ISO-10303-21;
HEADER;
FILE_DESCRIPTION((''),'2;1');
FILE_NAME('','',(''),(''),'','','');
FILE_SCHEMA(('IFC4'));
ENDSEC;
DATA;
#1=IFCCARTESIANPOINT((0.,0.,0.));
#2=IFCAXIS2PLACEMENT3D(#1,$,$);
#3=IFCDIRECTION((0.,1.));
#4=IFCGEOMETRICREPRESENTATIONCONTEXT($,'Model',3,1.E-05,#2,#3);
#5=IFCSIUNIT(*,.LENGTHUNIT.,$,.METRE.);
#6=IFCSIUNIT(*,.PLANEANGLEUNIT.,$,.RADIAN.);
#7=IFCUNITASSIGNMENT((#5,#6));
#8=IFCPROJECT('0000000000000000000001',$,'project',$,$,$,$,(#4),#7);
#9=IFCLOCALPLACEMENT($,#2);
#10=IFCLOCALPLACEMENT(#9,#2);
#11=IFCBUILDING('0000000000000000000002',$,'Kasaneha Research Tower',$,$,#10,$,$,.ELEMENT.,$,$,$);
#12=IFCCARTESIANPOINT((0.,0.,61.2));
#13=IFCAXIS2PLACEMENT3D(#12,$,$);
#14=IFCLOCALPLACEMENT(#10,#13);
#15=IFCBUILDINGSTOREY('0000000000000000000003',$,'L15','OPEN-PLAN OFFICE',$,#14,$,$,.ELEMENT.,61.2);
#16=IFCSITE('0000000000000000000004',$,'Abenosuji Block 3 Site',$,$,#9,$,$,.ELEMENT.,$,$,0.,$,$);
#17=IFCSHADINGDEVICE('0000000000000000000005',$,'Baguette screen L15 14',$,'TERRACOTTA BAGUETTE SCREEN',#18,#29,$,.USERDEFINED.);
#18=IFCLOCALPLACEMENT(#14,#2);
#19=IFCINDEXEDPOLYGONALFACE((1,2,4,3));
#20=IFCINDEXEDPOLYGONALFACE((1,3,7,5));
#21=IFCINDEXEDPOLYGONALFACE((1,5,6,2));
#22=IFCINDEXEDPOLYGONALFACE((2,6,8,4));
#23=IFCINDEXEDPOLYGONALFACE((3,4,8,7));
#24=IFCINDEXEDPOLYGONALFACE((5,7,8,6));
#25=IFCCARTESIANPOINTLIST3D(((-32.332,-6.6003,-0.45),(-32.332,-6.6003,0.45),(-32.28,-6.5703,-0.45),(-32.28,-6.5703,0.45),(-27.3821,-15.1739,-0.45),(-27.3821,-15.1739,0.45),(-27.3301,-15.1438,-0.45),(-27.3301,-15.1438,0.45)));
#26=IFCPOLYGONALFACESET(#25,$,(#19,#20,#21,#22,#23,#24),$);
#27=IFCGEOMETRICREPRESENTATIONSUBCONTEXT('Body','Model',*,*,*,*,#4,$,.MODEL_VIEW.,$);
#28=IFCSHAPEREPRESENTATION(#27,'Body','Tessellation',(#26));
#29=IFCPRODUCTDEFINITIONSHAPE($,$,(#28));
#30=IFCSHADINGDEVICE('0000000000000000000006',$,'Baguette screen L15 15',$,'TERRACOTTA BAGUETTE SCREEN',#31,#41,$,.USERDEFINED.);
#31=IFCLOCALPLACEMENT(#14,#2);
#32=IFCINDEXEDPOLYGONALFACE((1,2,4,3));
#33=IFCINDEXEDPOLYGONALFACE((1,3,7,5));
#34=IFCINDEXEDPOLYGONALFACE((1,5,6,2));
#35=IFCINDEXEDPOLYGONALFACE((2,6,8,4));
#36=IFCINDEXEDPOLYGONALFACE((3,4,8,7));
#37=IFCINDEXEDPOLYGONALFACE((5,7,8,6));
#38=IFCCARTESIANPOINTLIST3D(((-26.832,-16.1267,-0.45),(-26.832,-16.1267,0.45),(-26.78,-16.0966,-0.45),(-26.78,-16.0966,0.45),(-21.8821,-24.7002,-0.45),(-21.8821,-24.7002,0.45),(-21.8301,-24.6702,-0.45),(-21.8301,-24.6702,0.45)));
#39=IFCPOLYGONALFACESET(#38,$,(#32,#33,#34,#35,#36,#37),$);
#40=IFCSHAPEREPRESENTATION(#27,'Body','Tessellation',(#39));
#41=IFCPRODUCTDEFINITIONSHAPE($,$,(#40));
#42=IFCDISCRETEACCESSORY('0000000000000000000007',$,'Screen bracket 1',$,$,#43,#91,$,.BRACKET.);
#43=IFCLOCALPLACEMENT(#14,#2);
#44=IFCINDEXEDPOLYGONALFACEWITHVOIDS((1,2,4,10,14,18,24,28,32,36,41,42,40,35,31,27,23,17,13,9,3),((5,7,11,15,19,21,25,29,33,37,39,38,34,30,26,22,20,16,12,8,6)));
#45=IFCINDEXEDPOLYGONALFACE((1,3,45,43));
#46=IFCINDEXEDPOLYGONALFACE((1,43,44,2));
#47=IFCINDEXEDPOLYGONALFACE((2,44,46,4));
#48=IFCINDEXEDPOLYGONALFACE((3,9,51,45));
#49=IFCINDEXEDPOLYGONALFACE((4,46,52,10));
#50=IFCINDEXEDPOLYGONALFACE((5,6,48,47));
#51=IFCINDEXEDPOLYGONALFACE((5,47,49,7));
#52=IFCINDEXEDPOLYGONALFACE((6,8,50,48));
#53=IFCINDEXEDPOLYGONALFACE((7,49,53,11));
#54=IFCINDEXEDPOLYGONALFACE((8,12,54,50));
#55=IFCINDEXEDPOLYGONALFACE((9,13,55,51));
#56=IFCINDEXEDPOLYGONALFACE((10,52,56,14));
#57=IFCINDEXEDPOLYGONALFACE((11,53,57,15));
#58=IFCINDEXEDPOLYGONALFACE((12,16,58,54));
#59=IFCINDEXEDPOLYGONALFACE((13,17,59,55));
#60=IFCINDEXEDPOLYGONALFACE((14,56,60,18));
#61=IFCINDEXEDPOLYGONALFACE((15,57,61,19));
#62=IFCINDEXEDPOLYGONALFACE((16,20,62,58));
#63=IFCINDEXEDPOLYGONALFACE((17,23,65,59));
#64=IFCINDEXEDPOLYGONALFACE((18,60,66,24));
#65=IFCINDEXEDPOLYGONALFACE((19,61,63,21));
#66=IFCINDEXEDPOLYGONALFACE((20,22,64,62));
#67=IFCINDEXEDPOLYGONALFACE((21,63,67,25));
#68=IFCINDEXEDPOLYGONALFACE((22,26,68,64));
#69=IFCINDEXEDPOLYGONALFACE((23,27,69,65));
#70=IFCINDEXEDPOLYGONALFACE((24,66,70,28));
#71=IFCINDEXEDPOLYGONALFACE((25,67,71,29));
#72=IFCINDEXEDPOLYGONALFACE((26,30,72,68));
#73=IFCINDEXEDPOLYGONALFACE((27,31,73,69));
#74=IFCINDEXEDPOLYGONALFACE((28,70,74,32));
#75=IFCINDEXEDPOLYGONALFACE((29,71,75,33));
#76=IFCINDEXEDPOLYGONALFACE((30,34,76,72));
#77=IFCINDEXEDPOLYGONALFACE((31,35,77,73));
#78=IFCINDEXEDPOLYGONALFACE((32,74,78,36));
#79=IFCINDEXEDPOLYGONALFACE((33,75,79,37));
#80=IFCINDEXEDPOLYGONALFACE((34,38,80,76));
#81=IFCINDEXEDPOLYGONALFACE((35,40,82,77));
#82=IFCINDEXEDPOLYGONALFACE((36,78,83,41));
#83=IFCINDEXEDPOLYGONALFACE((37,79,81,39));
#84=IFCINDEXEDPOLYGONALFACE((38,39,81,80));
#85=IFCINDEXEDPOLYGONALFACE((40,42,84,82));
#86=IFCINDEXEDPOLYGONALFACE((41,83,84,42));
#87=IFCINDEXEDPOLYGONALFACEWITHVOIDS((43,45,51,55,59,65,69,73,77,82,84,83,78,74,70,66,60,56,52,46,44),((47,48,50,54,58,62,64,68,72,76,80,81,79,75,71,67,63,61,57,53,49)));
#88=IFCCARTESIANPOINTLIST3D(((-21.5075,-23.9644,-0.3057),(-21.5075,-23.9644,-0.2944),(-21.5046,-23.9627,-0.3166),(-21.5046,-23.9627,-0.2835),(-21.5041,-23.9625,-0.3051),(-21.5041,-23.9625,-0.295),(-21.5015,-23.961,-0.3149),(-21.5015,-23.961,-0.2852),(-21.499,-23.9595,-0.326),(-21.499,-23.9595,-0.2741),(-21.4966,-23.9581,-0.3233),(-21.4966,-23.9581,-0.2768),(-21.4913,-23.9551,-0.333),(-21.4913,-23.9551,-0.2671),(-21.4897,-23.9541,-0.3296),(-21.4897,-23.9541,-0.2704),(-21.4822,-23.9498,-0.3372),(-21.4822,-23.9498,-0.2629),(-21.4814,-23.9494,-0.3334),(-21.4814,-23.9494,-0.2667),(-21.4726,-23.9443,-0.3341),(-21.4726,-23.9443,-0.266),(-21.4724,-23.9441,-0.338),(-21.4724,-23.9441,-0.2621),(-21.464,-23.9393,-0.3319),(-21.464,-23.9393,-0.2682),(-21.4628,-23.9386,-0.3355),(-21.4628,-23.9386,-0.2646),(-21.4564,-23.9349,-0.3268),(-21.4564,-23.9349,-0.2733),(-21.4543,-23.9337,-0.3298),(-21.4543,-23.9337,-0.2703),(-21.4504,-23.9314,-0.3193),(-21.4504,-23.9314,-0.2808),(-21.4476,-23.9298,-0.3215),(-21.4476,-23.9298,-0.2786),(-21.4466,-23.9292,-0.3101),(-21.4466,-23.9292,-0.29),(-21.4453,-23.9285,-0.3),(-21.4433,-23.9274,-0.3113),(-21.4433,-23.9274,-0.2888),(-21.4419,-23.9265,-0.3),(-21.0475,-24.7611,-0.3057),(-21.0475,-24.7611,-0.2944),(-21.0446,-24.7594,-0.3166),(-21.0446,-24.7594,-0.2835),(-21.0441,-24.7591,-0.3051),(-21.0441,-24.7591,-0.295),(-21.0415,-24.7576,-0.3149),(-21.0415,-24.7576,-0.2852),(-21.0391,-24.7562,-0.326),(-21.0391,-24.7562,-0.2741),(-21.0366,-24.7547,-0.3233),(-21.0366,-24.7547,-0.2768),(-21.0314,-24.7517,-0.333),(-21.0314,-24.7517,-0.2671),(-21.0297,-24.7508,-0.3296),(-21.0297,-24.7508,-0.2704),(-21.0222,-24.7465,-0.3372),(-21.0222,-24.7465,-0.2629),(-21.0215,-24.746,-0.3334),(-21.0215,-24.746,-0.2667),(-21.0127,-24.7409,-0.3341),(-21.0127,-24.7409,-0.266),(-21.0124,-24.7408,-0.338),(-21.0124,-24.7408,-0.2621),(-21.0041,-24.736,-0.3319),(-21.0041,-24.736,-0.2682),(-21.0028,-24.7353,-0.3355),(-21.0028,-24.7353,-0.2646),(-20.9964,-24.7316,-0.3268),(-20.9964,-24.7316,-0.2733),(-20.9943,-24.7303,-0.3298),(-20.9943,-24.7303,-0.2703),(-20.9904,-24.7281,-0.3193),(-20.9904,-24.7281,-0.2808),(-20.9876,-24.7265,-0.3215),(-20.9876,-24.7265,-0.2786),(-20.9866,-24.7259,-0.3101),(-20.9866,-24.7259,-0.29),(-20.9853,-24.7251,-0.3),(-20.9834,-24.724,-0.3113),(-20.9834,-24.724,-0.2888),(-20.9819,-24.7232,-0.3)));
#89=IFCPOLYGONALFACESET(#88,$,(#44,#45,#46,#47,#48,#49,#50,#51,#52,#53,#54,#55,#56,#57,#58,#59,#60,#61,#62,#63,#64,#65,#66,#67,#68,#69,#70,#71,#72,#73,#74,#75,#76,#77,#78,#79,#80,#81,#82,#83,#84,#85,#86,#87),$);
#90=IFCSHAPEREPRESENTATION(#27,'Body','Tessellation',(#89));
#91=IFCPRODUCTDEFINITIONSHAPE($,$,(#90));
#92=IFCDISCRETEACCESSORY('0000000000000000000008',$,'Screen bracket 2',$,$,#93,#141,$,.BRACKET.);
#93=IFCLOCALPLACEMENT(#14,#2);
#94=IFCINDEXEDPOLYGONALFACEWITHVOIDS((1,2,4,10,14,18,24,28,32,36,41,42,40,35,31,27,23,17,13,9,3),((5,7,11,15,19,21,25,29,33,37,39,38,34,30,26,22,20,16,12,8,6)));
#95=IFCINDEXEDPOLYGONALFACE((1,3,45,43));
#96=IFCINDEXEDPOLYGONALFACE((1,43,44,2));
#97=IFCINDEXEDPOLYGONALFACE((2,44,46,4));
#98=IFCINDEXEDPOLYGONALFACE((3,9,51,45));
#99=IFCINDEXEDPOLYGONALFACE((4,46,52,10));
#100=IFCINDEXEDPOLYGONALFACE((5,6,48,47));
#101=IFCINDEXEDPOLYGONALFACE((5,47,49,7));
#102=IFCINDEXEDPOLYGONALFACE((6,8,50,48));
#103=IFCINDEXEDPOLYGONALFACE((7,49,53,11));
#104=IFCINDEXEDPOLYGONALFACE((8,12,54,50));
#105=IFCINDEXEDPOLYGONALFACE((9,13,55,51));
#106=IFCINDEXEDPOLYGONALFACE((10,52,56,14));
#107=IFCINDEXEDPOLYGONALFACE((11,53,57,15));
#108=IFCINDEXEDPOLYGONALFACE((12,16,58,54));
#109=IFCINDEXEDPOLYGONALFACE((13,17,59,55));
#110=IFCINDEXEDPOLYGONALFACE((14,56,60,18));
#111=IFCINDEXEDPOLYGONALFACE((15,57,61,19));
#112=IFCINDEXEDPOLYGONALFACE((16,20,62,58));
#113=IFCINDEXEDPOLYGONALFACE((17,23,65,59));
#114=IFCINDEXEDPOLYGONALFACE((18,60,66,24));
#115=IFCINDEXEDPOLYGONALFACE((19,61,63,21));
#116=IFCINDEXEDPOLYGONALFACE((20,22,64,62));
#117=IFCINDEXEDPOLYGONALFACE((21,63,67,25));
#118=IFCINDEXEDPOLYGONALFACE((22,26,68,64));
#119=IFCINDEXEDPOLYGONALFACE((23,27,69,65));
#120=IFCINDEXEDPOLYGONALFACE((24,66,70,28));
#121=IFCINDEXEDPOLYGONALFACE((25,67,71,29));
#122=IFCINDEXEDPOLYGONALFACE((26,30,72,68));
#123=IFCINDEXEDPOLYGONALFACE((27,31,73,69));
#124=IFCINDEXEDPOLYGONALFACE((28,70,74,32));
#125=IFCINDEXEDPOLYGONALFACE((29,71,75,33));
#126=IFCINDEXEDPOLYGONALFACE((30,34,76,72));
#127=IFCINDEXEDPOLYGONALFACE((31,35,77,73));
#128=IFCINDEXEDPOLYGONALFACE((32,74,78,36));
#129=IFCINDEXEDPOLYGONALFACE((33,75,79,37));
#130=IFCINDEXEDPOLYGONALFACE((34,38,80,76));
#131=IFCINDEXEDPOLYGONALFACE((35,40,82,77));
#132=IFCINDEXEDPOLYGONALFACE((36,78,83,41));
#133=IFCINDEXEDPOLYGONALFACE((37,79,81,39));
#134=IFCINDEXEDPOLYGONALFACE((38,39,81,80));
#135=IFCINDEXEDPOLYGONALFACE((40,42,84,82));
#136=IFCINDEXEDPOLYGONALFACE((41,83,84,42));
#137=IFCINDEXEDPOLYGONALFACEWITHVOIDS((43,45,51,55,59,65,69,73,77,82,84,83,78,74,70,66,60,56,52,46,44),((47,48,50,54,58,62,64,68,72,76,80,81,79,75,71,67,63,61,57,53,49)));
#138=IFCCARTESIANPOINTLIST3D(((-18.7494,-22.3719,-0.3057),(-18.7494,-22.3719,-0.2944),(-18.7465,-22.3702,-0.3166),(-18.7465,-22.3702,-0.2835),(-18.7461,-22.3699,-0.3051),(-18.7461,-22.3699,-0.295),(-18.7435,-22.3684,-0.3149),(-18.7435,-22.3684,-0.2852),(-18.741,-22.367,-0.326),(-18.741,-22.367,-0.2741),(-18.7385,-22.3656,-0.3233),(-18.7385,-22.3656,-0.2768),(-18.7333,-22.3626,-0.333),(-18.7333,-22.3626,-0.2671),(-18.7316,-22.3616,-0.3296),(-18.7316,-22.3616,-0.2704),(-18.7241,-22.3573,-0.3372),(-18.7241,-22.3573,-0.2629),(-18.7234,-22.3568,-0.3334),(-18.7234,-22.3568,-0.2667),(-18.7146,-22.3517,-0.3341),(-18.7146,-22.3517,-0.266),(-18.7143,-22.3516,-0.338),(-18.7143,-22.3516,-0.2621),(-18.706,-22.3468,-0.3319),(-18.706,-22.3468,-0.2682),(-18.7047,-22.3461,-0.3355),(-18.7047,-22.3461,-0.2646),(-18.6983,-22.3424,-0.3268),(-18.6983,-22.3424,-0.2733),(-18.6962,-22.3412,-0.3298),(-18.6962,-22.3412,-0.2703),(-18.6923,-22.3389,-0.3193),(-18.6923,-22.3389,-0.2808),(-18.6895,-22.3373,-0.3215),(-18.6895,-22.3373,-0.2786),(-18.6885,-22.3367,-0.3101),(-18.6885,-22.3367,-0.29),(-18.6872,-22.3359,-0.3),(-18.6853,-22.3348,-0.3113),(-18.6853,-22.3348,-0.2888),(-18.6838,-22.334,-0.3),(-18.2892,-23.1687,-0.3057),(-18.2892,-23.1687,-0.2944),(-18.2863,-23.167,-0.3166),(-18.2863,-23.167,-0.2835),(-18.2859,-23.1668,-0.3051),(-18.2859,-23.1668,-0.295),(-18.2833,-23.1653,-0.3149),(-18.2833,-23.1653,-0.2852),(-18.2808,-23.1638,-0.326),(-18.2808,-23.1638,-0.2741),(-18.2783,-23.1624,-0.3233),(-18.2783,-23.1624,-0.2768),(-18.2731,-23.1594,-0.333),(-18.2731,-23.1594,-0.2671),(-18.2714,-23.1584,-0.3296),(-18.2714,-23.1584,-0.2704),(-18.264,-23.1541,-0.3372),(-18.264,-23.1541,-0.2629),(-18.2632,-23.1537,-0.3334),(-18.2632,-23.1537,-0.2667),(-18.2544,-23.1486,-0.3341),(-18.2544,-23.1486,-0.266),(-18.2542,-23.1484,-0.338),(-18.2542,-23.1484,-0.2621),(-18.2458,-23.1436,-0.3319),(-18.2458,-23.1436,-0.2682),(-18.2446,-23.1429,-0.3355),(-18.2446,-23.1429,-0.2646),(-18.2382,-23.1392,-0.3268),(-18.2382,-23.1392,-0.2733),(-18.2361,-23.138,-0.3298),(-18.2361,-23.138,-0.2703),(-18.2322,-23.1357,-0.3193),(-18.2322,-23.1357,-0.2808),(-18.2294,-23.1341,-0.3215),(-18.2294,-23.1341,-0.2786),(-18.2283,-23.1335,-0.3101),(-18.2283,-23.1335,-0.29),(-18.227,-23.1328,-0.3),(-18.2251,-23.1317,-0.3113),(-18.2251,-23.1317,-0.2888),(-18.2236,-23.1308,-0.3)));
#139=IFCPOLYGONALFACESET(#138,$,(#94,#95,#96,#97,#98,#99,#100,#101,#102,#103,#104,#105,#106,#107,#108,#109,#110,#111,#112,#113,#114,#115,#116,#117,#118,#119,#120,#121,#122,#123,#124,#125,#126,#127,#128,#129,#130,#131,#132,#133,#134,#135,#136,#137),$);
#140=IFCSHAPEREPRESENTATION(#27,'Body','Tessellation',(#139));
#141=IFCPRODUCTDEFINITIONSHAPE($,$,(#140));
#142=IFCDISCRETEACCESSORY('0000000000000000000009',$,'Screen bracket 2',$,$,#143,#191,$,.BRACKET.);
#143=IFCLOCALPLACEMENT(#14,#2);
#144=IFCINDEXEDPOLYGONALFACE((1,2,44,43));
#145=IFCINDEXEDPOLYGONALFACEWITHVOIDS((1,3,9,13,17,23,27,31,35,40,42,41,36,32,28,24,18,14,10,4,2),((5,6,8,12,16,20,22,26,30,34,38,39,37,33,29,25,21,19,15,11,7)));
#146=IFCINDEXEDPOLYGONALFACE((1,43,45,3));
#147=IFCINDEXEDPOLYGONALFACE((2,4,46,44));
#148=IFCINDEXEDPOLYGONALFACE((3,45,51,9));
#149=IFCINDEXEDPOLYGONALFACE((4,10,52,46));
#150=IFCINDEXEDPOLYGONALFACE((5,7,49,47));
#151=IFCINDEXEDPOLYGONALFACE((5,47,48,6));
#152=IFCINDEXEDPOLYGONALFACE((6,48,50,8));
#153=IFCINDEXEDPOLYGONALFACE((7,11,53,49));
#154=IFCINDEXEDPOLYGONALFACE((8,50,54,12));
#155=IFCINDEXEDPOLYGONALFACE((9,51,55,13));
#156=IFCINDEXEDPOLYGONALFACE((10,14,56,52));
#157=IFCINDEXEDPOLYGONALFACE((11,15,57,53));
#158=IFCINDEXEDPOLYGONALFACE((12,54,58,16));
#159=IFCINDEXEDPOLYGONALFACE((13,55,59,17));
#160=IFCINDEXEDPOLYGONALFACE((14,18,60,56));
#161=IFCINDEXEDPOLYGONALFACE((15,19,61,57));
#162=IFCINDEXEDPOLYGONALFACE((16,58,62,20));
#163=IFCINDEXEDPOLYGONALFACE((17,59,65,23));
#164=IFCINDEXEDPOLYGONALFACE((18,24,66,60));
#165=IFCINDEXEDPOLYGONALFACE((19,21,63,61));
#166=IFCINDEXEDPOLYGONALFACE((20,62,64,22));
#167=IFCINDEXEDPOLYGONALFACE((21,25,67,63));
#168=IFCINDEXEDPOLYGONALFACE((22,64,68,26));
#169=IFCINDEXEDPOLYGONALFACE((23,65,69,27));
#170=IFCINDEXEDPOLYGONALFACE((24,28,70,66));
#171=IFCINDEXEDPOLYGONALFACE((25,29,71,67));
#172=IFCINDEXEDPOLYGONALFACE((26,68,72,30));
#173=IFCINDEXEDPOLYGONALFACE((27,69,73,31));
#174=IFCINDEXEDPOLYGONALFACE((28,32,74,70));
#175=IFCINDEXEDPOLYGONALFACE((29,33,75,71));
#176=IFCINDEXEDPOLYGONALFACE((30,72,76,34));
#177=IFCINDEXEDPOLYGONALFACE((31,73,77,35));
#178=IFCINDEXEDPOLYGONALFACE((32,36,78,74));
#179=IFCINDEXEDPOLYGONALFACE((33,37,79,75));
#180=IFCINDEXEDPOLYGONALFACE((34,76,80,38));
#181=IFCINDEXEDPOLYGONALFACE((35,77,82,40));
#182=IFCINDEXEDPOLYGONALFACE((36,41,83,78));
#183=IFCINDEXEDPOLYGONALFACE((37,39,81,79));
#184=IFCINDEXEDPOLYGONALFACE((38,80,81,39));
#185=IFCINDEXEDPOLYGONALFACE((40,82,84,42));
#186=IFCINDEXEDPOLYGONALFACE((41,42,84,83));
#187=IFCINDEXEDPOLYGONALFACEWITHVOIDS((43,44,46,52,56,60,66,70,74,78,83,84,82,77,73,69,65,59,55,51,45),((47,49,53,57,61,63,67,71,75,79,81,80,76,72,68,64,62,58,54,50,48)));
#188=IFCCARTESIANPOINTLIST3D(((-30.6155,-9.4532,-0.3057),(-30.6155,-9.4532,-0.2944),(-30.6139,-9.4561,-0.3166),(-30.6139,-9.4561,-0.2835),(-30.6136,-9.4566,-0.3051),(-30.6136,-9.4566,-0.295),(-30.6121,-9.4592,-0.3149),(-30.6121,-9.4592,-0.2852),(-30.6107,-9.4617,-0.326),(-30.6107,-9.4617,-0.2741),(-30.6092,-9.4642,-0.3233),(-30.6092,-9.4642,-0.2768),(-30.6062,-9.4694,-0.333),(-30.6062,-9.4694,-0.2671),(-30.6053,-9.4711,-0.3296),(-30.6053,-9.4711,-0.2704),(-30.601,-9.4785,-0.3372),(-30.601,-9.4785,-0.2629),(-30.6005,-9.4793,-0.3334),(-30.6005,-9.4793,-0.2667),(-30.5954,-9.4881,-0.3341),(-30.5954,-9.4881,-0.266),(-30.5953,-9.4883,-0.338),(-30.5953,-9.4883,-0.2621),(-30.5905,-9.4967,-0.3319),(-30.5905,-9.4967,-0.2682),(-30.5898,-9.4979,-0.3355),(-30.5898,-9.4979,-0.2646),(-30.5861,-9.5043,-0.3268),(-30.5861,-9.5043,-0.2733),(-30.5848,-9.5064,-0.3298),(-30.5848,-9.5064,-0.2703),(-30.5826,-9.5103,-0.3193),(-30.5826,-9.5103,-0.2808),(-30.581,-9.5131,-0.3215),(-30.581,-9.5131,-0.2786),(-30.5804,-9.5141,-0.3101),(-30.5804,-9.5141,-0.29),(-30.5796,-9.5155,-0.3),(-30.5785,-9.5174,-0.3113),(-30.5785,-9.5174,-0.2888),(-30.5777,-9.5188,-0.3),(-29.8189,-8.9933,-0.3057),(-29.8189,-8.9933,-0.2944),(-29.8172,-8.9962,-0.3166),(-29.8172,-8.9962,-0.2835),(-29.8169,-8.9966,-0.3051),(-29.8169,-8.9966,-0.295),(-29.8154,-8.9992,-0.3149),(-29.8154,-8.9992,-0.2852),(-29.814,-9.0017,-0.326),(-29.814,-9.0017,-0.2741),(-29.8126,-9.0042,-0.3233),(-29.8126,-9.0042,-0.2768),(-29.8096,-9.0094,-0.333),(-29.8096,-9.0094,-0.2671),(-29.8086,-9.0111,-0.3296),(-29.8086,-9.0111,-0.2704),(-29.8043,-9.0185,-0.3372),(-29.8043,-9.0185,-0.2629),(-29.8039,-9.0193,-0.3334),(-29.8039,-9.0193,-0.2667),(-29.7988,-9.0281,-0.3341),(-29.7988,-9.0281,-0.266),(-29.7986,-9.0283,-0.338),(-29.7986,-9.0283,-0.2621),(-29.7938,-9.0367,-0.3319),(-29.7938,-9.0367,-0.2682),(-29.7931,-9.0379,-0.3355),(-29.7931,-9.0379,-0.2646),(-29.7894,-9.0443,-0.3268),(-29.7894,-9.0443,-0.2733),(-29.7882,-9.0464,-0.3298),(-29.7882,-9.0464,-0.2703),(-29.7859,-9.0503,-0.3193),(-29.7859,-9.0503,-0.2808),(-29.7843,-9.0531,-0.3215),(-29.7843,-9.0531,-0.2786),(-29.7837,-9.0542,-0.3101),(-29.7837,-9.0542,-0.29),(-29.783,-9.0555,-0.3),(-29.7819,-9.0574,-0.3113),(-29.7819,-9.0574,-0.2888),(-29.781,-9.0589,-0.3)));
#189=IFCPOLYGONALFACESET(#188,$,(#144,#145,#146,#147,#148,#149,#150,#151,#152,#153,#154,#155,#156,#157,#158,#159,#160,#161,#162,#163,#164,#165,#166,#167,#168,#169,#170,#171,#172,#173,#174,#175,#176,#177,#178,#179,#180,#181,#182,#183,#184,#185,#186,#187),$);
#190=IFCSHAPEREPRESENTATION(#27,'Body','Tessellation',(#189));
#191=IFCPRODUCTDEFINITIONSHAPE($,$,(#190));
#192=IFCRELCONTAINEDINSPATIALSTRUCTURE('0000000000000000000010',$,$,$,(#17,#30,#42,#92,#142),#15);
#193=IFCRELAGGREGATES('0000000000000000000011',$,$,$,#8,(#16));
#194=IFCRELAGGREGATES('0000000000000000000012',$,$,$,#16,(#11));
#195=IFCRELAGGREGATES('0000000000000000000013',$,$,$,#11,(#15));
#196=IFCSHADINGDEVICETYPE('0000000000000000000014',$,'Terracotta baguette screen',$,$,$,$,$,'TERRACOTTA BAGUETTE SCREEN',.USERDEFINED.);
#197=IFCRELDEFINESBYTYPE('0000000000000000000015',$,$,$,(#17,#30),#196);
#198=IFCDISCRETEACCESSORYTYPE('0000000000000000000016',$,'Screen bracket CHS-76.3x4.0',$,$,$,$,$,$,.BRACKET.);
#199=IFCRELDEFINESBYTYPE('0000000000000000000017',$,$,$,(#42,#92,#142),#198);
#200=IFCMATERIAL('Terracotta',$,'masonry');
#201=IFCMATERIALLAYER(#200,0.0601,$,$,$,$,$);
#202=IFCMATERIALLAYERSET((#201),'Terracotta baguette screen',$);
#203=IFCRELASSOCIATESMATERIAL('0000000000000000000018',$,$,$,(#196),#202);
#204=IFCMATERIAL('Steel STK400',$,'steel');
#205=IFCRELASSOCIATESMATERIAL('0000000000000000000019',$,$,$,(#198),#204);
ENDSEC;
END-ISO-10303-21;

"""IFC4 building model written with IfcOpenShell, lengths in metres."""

from ifc_helpers import new_model, si_unit, direction, frame, origin, origin_2d, place, context, subcontext, project, spatial, rectangle, hollow_circle, extrude, material, layer, layer_set, material_profile, profile_set, type_object, element, save


model = new_model("IFC4")

# Units and contexts
model_context = context("Model", 3, precision=1e-05, world=origin(), true_north=direction((0.0, 1.0)))
body_context = subcontext(model_context, "Body", "Model", "MODEL_VIEW")
ifc_project = project(units=[si_unit("LENGTHUNIT", "METRE"), si_unit("PLANEANGLEUNIT", "RADIAN")], contexts=[model_context])

# Site, building, storey
site_placement = place(None, origin())
site = spatial("IfcSite", under=ifc_project, at=site_placement, Name="Abenosuji Block 3 Site", CompositionType="ELEMENT", RefElevation=0.0)
building_placement = place(site_placement, origin())
building = spatial("IfcBuilding", under=site, at=building_placement, Name="Kasaneha Research Tower", CompositionType="ELEMENT")
storey_placement = place(building_placement, frame((0.0, 0.0, 61.2)))
storey = spatial("IfcBuildingStorey", under=building, at=storey_placement, Name="L15", Description="OPEN-PLAN OFFICE", CompositionType="ELEMENT", Elevation=61.2)

# Shading devices
ifc_material_1 = material(Name="Terracotta", Category="masonry")
ifc_layer_1 = layer(ifc_material_1, 0.0601)
ifc_layer_set_1 = layer_set([ifc_layer_1], Name="Terracotta baguette screen")
shading_device_type = type_object("IfcShadingDeviceType", Name="Terracotta baguette screen", ElementType="TERRACOTTA BAGUETTE SCREEN", PredefinedType="USERDEFINED", material=ifc_layer_set_1)
for number, where, z_axis, x_axis, name in (
    (1, (-29.8311, -10.8721, -0.45), (0.0, 0.0, 1.0), (0.5, -0.866025, 0.0), "Baguette screen L15 14"),
    (2, (-24.3311, -20.3984, -0.45), (0.0, 0.0, 1.0), (0.5, -0.866025, 0.0), "Baguette screen L15 15"),
):
    element("IfcShadingDevice", number, at=place(storey_placement, frame(where, z_axis=z_axis, x_axis=x_axis)), inside=storey, type_object=shading_device_type, Name=name, ObjectType="TERRACOTTA BAGUETTE SCREEN", PredefinedType="USERDEFINED", context=body_context, shape_type="SweptSolid", body=[
        extrude(rectangle(XDim=9.8999, YDim=0.0601, at=origin_2d()), origin(), (0.0, 0.0, 1.0), 0.8999),
    ])

# Discrete accessories
ifc_material_2 = material(Name="Steel STK400", Category="steel")
ifc_material_profile_1 = material_profile(ifc_material_2, hollow_circle(Radius=0.0381, WallThickness=0.0039, at=origin_2d()), Name="CHS-76.3x4.0")
ifc_profile_set_1 = profile_set([ifc_material_profile_1], Name="Steel STK400")
discrete_accessory_type = type_object("IfcDiscreteAccessoryType", Name="Screen bracket CHS-76.3x4.0", PredefinedType="BRACKET", material=ifc_profile_set_1)
discrete_accessory_1_placement = place(storey_placement, frame((-21.4749, -23.9456, -0.3), z_axis=(0.500021, -0.866013, 0.0), x_axis=(0.866013, 0.500021, 0.0)))
element("IfcDiscreteAccessory", 3, at=discrete_accessory_1_placement, inside=storey, type_object=discrete_accessory_type, Name="Screen bracket 1", PredefinedType="BRACKET", context=body_context, shape_type="SweptSolid", body=[
    extrude(hollow_circle(Radius=0.0381, WallThickness=0.0039, at=origin_2d()), origin(), (0.0, 0.0, 1.0), 0.9199),
])
discrete_accessory_2_placement = place(storey_placement, frame((-18.7168, -22.353, -0.3), z_axis=(0.500105, -0.865965, 0.0), x_axis=(0.865965, 0.500105, 0.0)))
element("IfcDiscreteAccessory", 4, at=discrete_accessory_2_placement, inside=storey, type_object=discrete_accessory_type, Name="Screen bracket 2", PredefinedType="BRACKET", context=body_context, shape_type="SweptSolid", body=[
    extrude(hollow_circle(Radius=0.0381, WallThickness=0.0039, at=origin_2d()), origin(), (0.0, 0.0, 1.0), 0.9202),
])
discrete_accessory_3_placement = place(storey_placement, frame((-29.8, -9.0259, -0.3), z_axis=(-0.866013, -0.500021, 0.0), x_axis=(0.500021, -0.866013, 0.0)))
element("IfcDiscreteAccessory", 5, at=discrete_accessory_3_placement, inside=storey, type_object=discrete_accessory_type, Name="Screen bracket 2", PredefinedType="BRACKET", context=body_context, shape_type="SweptSolid", body=[
    extrude(hollow_circle(Radius=0.0381, WallThickness=0.0039, at=origin_2d()), origin(), (0.0, 0.0, 1.0), 0.9199),
])

save(model, "model.ifc")
